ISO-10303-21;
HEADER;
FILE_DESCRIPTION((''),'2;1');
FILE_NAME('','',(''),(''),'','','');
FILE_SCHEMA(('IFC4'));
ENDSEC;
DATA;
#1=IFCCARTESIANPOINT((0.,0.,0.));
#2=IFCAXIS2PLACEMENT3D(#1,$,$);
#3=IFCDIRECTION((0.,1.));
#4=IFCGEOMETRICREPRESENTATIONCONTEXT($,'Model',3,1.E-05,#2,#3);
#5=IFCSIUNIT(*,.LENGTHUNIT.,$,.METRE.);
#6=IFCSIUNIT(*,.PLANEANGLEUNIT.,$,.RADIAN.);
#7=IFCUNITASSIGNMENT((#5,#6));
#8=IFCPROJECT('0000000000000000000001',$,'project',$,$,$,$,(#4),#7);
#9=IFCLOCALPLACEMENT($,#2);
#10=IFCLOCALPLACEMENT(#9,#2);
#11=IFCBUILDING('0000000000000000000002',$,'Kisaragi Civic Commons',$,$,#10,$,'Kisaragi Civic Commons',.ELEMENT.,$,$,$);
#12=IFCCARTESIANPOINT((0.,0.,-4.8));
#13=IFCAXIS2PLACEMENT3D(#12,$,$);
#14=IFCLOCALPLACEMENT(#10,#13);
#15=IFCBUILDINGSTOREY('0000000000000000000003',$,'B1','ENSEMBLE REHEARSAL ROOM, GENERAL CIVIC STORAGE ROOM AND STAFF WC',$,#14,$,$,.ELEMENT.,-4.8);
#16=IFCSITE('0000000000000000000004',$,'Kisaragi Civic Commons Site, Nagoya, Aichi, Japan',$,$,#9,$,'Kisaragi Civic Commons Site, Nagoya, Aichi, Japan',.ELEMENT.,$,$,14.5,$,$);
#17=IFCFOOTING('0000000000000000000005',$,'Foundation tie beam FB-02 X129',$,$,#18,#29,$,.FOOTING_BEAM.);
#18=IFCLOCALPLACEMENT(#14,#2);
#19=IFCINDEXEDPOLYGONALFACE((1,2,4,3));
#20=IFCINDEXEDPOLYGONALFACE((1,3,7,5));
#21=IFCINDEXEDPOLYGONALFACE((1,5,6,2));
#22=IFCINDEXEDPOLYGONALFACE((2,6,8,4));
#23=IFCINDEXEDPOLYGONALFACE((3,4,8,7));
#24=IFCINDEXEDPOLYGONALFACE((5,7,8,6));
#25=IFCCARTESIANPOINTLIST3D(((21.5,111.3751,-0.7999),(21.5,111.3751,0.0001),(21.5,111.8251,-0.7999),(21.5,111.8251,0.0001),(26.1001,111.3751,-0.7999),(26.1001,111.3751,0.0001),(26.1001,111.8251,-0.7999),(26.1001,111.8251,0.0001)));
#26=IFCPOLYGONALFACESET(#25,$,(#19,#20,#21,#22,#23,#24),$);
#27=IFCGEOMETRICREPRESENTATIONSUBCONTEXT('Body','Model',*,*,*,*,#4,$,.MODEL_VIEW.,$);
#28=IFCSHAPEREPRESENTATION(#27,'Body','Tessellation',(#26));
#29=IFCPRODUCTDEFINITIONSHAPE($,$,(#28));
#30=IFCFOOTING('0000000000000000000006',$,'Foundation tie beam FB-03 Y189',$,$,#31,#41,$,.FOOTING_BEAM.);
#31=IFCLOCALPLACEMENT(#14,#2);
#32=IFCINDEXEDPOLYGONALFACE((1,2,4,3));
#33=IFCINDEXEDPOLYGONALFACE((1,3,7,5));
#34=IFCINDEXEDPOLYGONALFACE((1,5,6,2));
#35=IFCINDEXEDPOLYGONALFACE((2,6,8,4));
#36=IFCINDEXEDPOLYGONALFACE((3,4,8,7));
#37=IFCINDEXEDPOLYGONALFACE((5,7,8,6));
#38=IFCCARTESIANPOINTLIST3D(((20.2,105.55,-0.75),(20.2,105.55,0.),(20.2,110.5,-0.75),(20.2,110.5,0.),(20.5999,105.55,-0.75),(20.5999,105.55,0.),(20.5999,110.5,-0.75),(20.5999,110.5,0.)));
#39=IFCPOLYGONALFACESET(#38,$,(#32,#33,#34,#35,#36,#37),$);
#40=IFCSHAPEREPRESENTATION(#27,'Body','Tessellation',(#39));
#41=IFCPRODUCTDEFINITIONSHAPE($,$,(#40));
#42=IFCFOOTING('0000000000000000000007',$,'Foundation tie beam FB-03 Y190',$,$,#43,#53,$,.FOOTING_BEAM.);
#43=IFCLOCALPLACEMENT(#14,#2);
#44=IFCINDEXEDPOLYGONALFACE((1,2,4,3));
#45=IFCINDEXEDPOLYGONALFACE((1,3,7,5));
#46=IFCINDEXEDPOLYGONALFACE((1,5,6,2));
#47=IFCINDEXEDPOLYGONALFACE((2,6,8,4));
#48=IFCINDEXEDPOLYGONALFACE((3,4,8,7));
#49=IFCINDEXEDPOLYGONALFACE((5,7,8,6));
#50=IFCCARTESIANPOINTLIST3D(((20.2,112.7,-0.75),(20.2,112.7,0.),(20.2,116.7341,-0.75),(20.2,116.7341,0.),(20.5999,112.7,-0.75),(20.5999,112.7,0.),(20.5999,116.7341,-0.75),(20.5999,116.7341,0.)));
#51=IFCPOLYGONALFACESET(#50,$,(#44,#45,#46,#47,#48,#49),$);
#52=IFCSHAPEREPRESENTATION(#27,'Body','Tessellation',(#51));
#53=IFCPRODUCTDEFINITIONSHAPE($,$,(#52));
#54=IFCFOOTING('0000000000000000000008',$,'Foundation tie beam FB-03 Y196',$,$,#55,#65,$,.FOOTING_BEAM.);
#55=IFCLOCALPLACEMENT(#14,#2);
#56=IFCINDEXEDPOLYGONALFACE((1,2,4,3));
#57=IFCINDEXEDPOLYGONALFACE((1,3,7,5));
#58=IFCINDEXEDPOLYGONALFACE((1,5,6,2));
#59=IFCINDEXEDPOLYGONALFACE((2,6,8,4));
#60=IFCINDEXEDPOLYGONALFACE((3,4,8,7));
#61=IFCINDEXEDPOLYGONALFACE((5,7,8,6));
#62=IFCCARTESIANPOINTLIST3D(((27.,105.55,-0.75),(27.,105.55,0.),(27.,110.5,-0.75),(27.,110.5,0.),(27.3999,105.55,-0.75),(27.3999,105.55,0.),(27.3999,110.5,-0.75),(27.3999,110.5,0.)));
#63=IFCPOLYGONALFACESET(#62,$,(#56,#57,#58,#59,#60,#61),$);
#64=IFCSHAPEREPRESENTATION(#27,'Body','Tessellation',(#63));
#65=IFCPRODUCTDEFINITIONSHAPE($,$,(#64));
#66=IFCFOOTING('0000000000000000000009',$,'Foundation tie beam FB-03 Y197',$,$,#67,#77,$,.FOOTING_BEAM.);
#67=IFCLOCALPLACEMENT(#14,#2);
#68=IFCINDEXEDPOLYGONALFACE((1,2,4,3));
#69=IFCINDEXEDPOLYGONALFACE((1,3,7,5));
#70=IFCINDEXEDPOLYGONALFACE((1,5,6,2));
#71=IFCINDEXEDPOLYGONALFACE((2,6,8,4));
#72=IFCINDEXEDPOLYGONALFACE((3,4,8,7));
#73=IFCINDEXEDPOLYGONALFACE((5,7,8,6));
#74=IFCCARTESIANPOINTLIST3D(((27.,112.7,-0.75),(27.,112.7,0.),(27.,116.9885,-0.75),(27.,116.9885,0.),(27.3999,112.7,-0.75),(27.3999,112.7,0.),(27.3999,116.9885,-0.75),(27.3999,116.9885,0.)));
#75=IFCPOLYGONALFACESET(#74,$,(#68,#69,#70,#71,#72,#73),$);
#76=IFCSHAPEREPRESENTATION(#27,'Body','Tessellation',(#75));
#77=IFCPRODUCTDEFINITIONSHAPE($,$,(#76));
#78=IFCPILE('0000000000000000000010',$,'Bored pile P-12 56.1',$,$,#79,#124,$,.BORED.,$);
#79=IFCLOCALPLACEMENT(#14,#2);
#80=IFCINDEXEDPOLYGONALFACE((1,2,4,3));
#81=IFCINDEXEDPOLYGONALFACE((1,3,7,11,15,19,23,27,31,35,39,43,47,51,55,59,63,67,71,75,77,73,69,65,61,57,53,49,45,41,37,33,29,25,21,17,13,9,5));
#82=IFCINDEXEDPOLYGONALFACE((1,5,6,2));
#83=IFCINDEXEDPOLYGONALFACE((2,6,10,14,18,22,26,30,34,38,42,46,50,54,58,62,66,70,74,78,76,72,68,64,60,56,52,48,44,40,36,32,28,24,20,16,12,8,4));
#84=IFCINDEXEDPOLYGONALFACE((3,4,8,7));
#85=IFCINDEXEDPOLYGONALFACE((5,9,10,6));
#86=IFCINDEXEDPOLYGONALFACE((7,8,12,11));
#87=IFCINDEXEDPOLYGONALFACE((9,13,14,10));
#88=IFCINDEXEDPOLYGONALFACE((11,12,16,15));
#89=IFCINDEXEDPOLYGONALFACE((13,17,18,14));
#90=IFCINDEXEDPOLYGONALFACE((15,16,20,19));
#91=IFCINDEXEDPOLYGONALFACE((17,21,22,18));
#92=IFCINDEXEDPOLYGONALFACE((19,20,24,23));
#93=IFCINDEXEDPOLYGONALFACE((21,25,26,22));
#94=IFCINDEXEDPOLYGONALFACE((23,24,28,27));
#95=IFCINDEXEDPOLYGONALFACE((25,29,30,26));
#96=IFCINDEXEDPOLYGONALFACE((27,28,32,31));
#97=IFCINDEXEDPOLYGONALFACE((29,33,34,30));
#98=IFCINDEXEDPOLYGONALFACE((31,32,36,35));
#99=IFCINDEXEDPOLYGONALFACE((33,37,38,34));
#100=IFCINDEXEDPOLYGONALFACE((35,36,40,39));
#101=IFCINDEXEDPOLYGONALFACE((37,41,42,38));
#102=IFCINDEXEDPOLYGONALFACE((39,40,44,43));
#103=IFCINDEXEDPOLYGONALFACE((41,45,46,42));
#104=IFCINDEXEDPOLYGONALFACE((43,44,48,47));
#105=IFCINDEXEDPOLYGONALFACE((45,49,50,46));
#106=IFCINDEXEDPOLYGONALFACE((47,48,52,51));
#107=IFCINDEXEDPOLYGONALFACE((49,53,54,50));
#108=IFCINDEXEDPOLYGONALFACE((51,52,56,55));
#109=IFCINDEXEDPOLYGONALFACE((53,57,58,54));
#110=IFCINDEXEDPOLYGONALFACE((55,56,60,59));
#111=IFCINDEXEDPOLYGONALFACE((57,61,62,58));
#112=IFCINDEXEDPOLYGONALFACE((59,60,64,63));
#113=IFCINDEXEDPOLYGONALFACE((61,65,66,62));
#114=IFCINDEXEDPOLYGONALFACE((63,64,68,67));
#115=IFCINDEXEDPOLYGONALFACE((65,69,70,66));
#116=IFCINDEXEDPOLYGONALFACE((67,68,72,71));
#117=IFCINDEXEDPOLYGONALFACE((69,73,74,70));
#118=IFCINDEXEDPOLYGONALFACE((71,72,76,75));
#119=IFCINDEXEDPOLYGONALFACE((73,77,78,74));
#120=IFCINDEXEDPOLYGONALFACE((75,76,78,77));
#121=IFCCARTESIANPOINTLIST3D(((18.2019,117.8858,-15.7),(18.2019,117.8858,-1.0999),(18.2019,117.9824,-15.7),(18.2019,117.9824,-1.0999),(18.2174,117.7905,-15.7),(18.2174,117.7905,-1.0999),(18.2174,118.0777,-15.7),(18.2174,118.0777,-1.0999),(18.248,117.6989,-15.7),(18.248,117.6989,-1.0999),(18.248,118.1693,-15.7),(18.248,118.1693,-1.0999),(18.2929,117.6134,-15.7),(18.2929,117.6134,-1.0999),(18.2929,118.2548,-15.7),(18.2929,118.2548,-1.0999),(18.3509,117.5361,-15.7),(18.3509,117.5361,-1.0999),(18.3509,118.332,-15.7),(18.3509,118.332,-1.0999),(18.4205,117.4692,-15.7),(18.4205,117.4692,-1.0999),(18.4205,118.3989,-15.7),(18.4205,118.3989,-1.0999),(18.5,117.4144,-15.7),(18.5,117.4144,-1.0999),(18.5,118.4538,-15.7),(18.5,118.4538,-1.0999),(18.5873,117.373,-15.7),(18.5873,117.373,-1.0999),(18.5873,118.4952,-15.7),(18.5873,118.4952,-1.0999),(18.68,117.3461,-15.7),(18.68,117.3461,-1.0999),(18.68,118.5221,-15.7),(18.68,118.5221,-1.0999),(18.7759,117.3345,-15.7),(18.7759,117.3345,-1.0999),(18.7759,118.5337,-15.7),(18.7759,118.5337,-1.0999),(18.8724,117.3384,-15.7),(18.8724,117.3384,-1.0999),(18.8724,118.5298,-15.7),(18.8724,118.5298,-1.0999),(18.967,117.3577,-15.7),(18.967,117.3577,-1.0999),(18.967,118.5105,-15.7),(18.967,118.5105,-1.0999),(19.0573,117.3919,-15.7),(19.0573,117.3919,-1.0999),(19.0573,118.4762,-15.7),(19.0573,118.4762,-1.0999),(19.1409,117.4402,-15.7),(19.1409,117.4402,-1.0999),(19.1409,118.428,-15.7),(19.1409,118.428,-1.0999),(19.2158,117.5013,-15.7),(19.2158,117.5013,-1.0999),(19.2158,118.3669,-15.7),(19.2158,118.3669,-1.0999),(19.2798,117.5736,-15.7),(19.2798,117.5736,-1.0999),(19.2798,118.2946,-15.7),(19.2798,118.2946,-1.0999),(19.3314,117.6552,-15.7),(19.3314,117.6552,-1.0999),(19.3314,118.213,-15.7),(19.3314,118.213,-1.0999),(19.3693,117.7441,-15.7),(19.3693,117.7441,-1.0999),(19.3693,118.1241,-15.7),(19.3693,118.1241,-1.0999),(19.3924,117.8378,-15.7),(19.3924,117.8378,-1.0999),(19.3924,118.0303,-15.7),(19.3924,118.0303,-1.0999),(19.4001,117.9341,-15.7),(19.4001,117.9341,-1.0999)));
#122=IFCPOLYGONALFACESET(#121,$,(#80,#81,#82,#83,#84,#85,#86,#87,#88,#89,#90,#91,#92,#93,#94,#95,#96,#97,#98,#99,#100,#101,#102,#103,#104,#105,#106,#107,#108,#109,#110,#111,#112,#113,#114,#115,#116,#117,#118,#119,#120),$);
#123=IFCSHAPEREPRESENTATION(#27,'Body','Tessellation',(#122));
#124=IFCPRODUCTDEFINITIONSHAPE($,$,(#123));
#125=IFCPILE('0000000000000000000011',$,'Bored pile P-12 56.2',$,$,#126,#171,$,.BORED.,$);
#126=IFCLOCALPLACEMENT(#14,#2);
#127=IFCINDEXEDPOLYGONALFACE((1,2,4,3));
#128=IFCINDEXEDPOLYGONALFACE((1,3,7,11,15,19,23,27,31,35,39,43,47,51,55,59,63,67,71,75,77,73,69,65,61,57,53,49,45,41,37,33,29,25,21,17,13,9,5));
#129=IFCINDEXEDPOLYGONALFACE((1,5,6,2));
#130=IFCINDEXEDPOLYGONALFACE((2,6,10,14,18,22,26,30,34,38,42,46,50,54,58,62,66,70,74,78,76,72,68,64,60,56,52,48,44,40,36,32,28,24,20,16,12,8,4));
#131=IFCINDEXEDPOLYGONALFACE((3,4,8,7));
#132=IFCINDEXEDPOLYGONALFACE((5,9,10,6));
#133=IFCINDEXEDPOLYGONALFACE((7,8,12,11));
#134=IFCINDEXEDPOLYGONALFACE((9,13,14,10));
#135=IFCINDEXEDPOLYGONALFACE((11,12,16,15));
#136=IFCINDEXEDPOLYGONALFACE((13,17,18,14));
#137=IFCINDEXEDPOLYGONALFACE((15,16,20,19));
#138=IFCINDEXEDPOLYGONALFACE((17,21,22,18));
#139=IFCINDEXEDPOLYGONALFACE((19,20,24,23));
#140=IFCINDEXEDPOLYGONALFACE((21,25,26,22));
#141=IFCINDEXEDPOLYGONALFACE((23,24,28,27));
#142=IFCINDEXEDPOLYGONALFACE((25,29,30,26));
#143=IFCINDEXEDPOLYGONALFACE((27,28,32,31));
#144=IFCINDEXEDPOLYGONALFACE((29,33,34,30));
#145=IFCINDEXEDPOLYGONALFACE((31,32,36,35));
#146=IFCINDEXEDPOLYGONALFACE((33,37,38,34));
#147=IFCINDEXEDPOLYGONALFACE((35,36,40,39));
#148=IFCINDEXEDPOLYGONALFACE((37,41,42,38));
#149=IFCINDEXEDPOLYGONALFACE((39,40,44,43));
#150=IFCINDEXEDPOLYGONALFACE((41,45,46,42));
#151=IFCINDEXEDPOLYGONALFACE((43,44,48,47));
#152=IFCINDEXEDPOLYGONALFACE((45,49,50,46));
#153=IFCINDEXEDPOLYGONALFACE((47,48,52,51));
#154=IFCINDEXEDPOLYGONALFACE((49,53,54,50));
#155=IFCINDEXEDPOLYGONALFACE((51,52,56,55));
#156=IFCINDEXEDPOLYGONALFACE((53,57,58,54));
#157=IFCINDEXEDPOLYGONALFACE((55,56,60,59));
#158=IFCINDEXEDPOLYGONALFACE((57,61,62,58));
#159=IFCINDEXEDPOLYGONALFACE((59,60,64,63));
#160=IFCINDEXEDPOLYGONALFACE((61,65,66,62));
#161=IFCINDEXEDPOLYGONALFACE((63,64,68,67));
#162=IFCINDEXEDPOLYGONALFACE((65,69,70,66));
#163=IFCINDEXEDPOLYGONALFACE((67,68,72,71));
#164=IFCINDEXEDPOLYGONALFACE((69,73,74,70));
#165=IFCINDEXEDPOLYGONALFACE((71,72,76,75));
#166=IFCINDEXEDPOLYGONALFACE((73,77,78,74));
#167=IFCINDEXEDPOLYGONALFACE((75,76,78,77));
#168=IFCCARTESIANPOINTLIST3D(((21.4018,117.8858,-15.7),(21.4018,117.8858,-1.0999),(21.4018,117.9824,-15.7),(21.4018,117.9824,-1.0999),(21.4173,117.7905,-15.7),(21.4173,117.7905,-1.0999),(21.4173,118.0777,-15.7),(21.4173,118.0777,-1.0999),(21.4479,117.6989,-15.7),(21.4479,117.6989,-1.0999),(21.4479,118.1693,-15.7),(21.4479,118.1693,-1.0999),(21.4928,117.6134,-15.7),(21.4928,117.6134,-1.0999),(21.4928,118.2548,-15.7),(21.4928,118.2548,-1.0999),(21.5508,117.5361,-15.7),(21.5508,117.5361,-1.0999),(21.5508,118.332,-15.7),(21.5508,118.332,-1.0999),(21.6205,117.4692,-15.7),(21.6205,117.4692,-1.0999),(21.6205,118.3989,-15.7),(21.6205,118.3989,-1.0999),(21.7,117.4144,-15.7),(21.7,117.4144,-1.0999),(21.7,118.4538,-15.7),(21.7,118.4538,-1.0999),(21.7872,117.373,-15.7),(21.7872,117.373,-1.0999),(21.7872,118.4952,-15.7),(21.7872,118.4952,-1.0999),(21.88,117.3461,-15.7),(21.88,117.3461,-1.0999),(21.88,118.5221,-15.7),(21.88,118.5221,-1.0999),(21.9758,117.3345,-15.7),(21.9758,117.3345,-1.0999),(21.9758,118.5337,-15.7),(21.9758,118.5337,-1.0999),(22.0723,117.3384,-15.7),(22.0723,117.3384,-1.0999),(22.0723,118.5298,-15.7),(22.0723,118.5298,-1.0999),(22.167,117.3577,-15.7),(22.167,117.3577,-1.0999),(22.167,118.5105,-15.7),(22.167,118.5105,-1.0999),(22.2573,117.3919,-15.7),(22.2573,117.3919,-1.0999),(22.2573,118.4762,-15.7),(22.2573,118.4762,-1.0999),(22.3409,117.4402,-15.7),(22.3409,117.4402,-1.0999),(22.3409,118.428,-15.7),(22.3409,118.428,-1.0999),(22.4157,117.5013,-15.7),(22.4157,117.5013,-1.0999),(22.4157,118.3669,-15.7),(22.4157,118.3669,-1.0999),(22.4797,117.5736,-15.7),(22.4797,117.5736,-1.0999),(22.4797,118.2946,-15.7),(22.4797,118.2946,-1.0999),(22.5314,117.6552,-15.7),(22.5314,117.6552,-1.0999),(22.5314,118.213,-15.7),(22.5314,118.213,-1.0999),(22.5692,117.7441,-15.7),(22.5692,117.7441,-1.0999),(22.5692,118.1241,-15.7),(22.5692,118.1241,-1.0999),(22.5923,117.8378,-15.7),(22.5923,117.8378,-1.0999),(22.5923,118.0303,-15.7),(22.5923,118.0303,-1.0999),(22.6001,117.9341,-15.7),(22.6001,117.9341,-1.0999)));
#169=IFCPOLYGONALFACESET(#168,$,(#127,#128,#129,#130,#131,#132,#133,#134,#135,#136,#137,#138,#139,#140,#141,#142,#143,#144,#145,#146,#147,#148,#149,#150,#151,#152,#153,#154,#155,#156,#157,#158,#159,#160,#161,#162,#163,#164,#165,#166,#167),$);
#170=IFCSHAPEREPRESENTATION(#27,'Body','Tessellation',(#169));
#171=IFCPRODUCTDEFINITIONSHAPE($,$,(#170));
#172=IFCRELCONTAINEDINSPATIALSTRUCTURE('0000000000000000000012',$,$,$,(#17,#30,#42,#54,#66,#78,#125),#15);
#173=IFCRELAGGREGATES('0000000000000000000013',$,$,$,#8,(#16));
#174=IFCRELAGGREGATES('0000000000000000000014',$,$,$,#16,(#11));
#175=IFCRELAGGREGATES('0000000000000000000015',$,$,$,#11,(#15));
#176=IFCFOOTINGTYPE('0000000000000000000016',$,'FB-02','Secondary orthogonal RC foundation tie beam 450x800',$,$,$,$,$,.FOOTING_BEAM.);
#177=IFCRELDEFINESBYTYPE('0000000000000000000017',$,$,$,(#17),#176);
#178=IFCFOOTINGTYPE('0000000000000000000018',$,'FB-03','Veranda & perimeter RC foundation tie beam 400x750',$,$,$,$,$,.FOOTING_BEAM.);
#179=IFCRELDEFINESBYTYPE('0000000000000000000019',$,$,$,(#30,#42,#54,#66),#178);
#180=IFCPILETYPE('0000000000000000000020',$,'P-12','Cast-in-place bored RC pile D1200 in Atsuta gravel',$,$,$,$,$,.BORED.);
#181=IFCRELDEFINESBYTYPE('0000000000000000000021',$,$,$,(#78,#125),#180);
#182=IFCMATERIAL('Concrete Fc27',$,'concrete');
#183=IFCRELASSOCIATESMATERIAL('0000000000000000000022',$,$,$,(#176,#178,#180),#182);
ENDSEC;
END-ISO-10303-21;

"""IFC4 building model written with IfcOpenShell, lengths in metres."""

from ifc_helpers import new_model, si_unit, direction, frame, origin, origin_2d, place, context, subcontext, project, spatial, rectangle, circle, extrude, material, material_profile, profile_set, type_object, element, save


model = new_model("IFC4")

# Units and contexts
model_context = context("Model", 3, precision=1e-05, world=origin(), true_north=direction((0.0, 1.0)))
body_context = subcontext(model_context, "Body", "Model", "MODEL_VIEW")
ifc_project = project(units=[si_unit("LENGTHUNIT", "METRE"), si_unit("PLANEANGLEUNIT", "RADIAN")], contexts=[model_context])

# Site, building, storey
site_placement = place(None, origin())
site = spatial("IfcSite", under=ifc_project, at=site_placement, Name="Kisaragi Civic Commons Site, Nagoya, Aichi, Japan", LongName="Kisaragi Civic Commons Site, Nagoya, Aichi, Japan", CompositionType="ELEMENT", RefElevation=14.5)
building_placement = place(site_placement, origin())
building = spatial("IfcBuilding", under=site, at=building_placement, Name="Kisaragi Civic Commons", LongName="Kisaragi Civic Commons", CompositionType="ELEMENT")
storey_placement = place(building_placement, frame((0.0, 0.0, -4.8)))
storey = spatial("IfcBuildingStorey", under=building, at=storey_placement, Name="B1", Description="ENSEMBLE REHEARSAL ROOM, GENERAL CIVIC STORAGE ROOM AND STAFF WC", CompositionType="ELEMENT", Elevation=-4.8)

# Footings
ifc_material_1 = material(Name="Concrete Fc27", Category="concrete")
ifc_material_profile_1 = material_profile(ifc_material_1, rectangle(XDim=0.45, YDim=0.8, at=origin_2d()), Name="RC-450x800", Category="concrete")
ifc_profile_set_1 = profile_set([ifc_material_profile_1], Name="Concrete Fc27")
footing_type_1 = type_object("IfcFootingType", Name="FB-02", Description="Secondary orthogonal RC foundation tie beam 450x800", PredefinedType="FOOTING_BEAM", material=ifc_profile_set_1)
footing_1_placement = place(storey_placement, frame((21.5, 111.6001, -0.3999), z_axis=(1.0, 0.0, 0.0), x_axis=(0.0, 1.0, 0.0)))
element("IfcFooting", 1, at=footing_1_placement, inside=storey, type_object=footing_type_1, Name="Foundation tie beam FB-02 X129", PredefinedType="FOOTING_BEAM", context=body_context, shape_type="SweptSolid", body=[
    extrude(rectangle(XDim=0.45, YDim=0.8, at=origin_2d()), origin(), (0.0, 0.0, 1.0), 4.6001),
])
ifc_material_profile_2 = material_profile(ifc_material_1, rectangle(XDim=0.3999, YDim=0.75, at=origin_2d()), Name="RC-400x750", Category="concrete")
ifc_profile_set_2 = profile_set([ifc_material_profile_2], Name="Concrete Fc27")
footing_type_2 = type_object("IfcFootingType", Name="FB-03", Description="Veranda & perimeter RC foundation tie beam 400x750", PredefinedType="FOOTING_BEAM", material=ifc_profile_set_2)
footing_2_placement = place(storey_placement, frame((20.3999, 105.55, -0.375), z_axis=(0.0, 1.0, 0.0), x_axis=(-1.0, 0.0, 0.0)))
element("IfcFooting", 2, at=footing_2_placement, inside=storey, type_object=footing_type_2, Name="Foundation tie beam FB-03 Y189", PredefinedType="FOOTING_BEAM", context=body_context, shape_type="SweptSolid", body=[
    extrude(rectangle(XDim=0.3999, YDim=0.75, at=origin_2d()), origin(), (0.0, 0.0, 1.0), 4.95),
])
footing_3_placement = place(storey_placement, frame((20.3999, 112.7, -0.375), z_axis=(0.0, 1.0, 0.0), x_axis=(-1.0, 0.0, 0.0)))
element("IfcFooting", 3, at=footing_3_placement, inside=storey, type_object=footing_type_2, Name="Foundation tie beam FB-03 Y190", PredefinedType="FOOTING_BEAM", context=body_context, shape_type="SweptSolid", body=[
    extrude(rectangle(XDim=0.3999, YDim=0.75, at=origin_2d()), origin(), (0.0, 0.0, 1.0), 4.0342),
])
footing_4_placement = place(storey_placement, frame((27.2, 105.55, -0.375), z_axis=(0.0, 1.0, 0.0), x_axis=(-1.0, 0.0, 0.0)))
element("IfcFooting", 4, at=footing_4_placement, inside=storey, type_object=footing_type_2, Name="Foundation tie beam FB-03 Y196", PredefinedType="FOOTING_BEAM", context=body_context, shape_type="SweptSolid", body=[
    extrude(rectangle(XDim=0.3999, YDim=0.75, at=origin_2d()), origin(), (0.0, 0.0, 1.0), 4.95),
])
footing_5_placement = place(storey_placement, frame((27.2, 112.7, -0.375), z_axis=(0.0, 1.0, 0.0), x_axis=(-1.0, 0.0, 0.0)))
element("IfcFooting", 5, at=footing_5_placement, inside=storey, type_object=footing_type_2, Name="Foundation tie beam FB-03 Y197", PredefinedType="FOOTING_BEAM", context=body_context, shape_type="SweptSolid", body=[
    extrude(rectangle(XDim=0.3999, YDim=0.75, at=origin_2d()), origin(), (0.0, 0.0, 1.0), 4.2886),
])

# Piles
ifc_material_profile_3 = material_profile(ifc_material_1, circle(Radius=0.6001, at=origin_2d()), Name="PILE-D1200", Category="concrete")
ifc_profile_set_3 = profile_set([ifc_material_profile_3], Name="Concrete Fc27")
pile_type = type_object("IfcPileType", Name="P-12", Description="Cast-in-place bored RC pile D1200 in Atsuta gravel", PredefinedType="BORED", material=ifc_profile_set_3)
for number, where, z_axis, x_axis, name in (
    (6, (18.8, 117.9341, -1.0999), (0.0, 0.0, -1.0), (1.0, 0.0, 0.0), "Bored pile P-12 56.1"),
    (7, (22.0, 117.9341, -1.0999), (0.0, 0.0, -1.0), (1.0, 0.0, 0.0), "Bored pile P-12 56.2"),
):
    element("IfcPile", number, at=place(storey_placement, frame(where, z_axis=z_axis, x_axis=x_axis)), inside=storey, type_object=pile_type, Name=name, PredefinedType="BORED", context=body_context, shape_type="SweptSolid", body=[
        extrude(circle(Radius=0.6001, at=origin_2d()), origin(), (0.0, 0.0, 1.0), 14.6001),
    ])

save(model, "model.ifc")
